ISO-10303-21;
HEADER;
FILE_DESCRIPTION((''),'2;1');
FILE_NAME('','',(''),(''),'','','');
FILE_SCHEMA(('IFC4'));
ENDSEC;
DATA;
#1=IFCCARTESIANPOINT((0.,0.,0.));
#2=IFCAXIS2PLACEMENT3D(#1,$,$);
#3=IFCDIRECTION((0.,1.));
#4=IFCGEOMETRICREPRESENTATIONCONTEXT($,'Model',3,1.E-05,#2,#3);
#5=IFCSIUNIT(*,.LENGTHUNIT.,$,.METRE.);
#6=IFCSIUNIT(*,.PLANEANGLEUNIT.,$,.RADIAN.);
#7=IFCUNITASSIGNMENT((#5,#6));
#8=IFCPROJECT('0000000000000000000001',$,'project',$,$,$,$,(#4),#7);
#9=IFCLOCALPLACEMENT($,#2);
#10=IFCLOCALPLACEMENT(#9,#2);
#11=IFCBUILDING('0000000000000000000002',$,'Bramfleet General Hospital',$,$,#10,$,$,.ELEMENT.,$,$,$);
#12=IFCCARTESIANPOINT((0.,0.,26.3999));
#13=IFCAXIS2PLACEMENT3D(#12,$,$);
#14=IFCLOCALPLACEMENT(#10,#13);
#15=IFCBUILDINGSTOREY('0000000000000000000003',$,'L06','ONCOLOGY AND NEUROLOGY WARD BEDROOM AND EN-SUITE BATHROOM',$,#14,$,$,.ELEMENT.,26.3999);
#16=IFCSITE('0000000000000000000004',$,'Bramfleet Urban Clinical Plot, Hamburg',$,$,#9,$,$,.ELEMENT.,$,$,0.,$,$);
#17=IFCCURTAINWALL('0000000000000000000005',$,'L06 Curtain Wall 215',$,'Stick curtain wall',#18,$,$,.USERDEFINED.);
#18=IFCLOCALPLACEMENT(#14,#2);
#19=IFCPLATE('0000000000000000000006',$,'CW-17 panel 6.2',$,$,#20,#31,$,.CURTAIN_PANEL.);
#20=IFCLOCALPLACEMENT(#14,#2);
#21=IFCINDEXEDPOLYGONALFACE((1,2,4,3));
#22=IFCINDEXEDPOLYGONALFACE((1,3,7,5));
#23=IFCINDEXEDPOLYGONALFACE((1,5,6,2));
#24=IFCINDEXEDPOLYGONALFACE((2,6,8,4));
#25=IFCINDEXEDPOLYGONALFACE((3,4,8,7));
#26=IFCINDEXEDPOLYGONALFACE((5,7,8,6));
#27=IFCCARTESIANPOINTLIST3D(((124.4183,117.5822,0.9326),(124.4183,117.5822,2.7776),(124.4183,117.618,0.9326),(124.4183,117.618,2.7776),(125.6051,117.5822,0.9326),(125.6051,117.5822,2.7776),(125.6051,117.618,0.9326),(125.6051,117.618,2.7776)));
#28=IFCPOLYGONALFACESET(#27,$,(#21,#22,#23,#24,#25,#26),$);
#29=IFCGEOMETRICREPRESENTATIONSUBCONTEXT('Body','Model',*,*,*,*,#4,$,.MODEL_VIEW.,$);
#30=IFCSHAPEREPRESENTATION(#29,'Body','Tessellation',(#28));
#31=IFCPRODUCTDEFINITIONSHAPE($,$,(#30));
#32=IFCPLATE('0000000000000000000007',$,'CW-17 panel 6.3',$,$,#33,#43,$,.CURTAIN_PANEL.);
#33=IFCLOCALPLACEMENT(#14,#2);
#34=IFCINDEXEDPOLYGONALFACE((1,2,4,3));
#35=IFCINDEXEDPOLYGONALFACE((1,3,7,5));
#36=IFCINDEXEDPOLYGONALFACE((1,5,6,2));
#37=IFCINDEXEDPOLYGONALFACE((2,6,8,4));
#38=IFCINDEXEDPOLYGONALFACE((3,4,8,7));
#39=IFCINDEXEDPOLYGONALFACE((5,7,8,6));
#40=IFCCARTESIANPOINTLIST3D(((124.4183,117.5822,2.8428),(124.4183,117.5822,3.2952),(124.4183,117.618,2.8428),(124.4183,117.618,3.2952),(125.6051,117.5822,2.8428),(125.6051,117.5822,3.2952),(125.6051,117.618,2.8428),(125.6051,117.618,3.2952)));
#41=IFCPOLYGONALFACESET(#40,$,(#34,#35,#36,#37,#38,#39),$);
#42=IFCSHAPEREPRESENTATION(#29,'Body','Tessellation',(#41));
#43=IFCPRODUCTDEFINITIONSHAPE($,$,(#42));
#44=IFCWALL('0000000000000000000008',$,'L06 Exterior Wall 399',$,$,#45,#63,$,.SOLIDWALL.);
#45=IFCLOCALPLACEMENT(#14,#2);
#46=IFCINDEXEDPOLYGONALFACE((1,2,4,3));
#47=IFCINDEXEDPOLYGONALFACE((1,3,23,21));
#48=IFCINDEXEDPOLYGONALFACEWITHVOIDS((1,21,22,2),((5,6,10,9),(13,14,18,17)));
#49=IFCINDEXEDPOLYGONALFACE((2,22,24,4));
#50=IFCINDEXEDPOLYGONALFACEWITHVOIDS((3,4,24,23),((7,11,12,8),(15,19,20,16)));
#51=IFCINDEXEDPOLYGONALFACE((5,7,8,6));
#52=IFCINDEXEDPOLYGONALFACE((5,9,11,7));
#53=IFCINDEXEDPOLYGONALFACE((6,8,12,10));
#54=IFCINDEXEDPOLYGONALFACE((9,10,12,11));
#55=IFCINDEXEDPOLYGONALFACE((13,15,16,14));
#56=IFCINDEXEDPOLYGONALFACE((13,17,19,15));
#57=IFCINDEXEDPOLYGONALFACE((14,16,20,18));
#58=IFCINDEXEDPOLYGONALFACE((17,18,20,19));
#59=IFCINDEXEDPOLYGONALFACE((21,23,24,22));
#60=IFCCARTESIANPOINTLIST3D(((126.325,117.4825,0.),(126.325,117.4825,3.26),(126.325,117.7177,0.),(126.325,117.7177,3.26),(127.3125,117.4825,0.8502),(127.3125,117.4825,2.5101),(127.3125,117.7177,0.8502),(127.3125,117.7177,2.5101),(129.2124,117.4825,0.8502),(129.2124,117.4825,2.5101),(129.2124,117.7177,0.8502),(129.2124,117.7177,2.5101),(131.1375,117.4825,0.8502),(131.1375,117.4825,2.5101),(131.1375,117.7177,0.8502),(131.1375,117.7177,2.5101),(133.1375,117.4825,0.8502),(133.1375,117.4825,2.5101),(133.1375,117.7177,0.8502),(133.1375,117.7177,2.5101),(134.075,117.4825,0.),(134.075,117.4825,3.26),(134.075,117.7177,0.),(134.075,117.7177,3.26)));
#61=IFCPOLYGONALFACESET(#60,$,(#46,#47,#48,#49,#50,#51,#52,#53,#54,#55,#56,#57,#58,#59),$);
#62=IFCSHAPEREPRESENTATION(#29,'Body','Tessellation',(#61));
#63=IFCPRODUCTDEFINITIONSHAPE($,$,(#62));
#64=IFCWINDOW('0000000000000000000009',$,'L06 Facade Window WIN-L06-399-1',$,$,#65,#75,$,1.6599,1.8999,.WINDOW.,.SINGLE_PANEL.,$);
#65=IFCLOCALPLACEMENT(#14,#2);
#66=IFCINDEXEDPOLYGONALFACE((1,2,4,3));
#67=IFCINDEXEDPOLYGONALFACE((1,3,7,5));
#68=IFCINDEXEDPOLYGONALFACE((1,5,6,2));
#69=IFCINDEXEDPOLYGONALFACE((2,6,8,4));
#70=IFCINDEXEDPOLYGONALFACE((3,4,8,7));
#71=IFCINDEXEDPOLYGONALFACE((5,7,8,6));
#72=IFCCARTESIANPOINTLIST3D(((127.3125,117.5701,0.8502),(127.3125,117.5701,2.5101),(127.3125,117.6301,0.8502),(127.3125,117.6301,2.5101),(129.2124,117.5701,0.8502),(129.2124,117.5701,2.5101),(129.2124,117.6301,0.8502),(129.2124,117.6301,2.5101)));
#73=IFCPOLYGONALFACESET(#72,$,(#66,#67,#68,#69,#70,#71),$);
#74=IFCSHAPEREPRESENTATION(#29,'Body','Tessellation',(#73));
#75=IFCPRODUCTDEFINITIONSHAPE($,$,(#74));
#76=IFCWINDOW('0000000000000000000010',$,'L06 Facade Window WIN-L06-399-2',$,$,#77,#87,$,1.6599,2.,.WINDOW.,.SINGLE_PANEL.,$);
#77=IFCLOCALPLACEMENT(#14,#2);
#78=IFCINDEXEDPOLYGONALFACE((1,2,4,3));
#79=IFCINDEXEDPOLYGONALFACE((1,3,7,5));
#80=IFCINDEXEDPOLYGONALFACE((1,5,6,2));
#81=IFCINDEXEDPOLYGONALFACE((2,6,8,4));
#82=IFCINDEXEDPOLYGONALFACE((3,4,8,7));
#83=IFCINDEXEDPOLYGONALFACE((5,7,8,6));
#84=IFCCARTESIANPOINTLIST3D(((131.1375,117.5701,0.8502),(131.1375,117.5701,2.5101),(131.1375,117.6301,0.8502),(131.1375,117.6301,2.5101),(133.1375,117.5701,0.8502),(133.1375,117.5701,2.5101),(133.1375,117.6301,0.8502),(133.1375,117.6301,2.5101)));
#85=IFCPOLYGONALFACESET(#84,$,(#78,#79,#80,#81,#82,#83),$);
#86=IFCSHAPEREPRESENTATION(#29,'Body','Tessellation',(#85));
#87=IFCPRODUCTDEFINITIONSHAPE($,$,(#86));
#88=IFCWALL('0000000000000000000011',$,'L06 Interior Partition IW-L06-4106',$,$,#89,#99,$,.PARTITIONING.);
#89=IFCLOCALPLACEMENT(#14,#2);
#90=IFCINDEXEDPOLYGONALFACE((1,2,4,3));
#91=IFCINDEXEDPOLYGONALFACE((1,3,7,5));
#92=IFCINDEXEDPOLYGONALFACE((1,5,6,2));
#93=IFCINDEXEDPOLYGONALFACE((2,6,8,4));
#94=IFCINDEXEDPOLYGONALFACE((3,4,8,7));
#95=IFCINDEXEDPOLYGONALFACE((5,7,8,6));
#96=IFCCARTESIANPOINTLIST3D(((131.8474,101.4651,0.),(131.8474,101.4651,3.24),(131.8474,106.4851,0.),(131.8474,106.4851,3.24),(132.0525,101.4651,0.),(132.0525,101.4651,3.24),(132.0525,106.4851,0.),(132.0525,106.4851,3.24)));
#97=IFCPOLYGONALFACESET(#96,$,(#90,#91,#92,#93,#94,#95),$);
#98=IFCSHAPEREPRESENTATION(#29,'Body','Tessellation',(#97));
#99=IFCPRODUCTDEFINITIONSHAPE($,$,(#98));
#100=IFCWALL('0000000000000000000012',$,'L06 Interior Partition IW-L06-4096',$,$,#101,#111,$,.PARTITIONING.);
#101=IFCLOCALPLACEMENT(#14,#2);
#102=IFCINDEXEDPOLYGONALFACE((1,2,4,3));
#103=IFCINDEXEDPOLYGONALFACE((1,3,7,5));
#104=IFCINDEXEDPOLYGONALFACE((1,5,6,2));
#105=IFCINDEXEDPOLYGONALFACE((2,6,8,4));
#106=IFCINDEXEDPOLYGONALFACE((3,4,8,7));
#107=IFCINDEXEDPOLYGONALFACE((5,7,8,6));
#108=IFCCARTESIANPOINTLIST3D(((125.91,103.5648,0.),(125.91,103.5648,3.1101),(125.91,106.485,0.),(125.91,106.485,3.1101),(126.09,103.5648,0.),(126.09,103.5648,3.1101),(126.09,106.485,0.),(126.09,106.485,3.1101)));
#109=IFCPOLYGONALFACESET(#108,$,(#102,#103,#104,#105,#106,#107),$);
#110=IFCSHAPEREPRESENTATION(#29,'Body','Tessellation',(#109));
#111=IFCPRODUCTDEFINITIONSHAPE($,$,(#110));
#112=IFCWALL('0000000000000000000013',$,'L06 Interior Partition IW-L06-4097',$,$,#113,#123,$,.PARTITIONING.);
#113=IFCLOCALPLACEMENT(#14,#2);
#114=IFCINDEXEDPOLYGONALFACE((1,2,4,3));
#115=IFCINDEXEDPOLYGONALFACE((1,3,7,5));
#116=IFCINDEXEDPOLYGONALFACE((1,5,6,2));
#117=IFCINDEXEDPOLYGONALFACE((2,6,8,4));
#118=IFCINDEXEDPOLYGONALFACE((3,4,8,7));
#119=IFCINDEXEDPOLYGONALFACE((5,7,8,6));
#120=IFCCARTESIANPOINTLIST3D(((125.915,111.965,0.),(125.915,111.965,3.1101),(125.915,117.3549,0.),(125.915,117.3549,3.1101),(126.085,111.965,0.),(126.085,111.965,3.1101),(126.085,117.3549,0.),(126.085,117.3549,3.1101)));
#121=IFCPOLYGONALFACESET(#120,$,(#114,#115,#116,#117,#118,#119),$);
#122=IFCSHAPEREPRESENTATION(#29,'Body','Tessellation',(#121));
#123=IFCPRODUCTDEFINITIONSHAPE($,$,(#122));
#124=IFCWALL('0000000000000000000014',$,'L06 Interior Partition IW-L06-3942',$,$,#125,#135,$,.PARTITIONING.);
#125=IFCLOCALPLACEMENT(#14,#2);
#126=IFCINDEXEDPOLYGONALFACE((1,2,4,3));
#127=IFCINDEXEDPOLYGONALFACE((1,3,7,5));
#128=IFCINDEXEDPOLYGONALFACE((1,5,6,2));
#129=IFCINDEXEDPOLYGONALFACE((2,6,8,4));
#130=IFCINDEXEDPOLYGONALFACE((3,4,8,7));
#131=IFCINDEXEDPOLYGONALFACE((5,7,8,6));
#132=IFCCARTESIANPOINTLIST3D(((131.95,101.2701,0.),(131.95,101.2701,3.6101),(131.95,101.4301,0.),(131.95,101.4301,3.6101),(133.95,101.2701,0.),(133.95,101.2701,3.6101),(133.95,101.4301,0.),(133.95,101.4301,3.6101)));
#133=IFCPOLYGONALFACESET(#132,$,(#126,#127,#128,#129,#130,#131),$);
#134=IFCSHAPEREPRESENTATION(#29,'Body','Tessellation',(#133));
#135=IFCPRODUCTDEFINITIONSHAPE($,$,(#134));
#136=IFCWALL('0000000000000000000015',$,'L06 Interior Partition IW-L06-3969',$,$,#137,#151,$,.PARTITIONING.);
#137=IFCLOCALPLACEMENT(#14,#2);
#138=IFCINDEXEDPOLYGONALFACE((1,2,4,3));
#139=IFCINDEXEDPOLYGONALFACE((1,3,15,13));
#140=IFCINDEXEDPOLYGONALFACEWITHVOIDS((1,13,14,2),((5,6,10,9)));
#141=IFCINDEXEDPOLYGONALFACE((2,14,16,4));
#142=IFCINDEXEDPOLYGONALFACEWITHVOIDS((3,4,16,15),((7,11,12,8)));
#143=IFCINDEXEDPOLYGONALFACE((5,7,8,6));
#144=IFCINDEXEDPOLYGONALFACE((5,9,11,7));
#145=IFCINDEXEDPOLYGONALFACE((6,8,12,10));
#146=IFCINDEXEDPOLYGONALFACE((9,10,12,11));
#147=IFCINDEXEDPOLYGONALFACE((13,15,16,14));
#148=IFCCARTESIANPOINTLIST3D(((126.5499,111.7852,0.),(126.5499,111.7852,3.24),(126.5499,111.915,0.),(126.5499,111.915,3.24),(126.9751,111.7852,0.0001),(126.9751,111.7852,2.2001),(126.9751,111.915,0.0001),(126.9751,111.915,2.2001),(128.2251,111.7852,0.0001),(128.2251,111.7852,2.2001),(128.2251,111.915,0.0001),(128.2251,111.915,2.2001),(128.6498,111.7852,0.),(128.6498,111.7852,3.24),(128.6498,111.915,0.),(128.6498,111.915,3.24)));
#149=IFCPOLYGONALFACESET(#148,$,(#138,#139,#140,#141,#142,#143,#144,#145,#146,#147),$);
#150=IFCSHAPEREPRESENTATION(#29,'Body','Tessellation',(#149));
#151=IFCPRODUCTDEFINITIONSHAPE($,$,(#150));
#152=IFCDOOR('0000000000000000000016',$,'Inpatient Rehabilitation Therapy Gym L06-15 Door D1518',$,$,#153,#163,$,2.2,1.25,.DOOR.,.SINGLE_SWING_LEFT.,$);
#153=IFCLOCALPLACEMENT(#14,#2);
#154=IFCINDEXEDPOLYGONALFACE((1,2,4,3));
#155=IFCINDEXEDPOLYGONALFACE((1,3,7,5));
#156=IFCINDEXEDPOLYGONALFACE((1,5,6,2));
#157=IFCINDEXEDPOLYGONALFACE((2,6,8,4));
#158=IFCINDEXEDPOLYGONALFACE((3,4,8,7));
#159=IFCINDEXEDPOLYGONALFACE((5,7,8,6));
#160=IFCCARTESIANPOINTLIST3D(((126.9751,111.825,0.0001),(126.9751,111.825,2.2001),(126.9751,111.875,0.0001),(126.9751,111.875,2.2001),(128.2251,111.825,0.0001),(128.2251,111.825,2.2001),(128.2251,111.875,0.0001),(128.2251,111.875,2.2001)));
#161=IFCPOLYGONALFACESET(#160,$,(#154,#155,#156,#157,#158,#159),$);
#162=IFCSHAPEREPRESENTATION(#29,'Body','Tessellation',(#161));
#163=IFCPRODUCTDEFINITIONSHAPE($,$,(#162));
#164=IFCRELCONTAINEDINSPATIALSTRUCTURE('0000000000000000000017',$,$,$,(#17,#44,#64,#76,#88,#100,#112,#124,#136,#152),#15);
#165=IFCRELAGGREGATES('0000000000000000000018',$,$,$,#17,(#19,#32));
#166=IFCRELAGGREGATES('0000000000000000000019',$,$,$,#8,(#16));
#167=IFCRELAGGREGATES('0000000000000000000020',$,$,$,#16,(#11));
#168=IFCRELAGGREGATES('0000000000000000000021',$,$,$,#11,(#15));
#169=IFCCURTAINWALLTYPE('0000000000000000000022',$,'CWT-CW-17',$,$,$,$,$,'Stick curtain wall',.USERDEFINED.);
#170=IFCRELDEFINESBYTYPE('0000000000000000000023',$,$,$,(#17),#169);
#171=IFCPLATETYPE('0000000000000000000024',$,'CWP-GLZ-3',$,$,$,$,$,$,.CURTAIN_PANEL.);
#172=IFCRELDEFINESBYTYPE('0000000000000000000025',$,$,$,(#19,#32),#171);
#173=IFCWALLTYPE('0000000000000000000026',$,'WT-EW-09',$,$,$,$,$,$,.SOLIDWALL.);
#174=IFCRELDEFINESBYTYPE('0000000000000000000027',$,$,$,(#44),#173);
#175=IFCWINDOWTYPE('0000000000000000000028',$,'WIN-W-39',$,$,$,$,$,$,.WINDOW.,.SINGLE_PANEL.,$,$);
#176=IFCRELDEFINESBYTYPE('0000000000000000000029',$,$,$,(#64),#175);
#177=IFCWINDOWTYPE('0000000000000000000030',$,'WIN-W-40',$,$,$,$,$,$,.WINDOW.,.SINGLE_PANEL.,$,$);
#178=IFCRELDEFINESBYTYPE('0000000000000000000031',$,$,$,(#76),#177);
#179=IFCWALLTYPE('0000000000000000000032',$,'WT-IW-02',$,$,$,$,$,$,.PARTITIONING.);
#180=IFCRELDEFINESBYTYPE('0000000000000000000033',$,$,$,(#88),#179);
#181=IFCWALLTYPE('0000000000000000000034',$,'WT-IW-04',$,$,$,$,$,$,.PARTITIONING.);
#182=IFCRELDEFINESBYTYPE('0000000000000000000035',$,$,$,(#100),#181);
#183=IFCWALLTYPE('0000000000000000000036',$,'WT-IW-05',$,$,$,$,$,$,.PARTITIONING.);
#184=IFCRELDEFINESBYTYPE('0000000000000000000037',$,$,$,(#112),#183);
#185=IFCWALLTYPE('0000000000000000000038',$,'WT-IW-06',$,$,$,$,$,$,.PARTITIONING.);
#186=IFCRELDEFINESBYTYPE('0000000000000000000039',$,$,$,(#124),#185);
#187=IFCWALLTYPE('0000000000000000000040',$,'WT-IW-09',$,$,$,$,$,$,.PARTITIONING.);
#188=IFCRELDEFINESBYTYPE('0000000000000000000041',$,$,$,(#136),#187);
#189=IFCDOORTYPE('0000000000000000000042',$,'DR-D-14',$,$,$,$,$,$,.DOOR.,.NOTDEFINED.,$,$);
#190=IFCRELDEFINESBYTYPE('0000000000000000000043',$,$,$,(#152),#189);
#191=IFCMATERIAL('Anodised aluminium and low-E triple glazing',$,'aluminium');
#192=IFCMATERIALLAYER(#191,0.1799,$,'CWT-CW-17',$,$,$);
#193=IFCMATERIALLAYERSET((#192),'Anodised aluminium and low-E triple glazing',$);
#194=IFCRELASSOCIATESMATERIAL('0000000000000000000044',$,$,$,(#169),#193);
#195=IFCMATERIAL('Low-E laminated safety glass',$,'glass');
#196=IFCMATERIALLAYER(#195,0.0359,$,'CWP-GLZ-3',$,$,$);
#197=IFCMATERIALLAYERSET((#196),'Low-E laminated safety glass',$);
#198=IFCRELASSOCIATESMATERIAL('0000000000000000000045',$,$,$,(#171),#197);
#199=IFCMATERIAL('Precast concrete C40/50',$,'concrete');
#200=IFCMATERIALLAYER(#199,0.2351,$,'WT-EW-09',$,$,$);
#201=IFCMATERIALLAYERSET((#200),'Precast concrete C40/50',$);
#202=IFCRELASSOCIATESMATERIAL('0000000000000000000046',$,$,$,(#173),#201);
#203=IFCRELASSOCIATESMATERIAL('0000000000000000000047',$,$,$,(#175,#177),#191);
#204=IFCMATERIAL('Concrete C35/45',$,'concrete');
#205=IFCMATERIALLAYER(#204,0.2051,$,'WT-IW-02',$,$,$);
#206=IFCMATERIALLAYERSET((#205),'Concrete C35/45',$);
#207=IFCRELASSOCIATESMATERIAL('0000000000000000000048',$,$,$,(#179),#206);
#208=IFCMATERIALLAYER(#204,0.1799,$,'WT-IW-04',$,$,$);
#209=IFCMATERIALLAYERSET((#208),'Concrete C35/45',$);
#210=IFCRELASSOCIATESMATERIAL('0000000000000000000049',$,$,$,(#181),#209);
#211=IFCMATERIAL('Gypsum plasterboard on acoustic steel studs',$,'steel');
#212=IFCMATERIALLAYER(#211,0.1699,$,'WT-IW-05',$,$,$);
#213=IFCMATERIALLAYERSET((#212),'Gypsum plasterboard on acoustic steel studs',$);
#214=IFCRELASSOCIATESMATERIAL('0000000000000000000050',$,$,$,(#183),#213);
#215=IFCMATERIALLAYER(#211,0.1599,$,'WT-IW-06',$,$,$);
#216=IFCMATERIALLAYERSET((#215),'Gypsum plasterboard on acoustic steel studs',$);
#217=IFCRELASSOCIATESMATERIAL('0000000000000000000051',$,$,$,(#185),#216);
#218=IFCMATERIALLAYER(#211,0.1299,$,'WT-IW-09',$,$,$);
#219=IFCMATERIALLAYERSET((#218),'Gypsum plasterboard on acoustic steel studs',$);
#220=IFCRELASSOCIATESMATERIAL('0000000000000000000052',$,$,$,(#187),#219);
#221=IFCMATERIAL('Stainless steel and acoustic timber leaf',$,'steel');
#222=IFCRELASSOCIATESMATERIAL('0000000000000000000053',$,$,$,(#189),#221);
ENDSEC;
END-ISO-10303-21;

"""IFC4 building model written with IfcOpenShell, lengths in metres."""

from ifc_helpers import new_model, si_unit, direction, frame, frame_2d, origin, origin_2d, place, context, subcontext, project, spatial, rectangle, extrude, material, layer, layer_set, type_object, element, fill, aggregate, save


model = new_model("IFC4")

# Units and contexts
model_context = context("Model", 3, precision=1e-05, world=origin(), true_north=direction((0.0, 1.0)))
body_context = subcontext(model_context, "Body", "Model", "MODEL_VIEW")
ifc_project = project(units=[si_unit("LENGTHUNIT", "METRE"), si_unit("PLANEANGLEUNIT", "RADIAN")], contexts=[model_context])

# Site, building, storey
site_placement = place(None, origin())
site = spatial("IfcSite", under=ifc_project, at=site_placement, Name="Bramfleet Urban Clinical Plot, Hamburg", CompositionType="ELEMENT", RefElevation=0.0)
building_placement = place(site_placement, origin())
building = spatial("IfcBuilding", under=site, at=building_placement, Name="Bramfleet General Hospital", CompositionType="ELEMENT")
storey_placement = place(building_placement, frame((0.0, 0.0, 26.3999)))
storey = spatial("IfcBuildingStorey", under=building, at=storey_placement, Name="L06", Description="ONCOLOGY AND NEUROLOGY WARD BEDROOM AND EN-SUITE BATHROOM", CompositionType="ELEMENT", Elevation=26.3999)

# Curtain wall, plates
ifc_material_1 = material(Name="Anodised aluminium and low-E triple glazing", Category="aluminium")
ifc_layer_1 = layer(ifc_material_1, 0.1799, Name="CWT-CW-17")
ifc_layer_set_1 = layer_set([ifc_layer_1], Name="Anodised aluminium and low-E triple glazing")
curtain_wall_type = type_object("IfcCurtainWallType", Name="CWT-CW-17", ElementType="Stick curtain wall", PredefinedType="USERDEFINED", material=ifc_layer_set_1)
curtain_wall_placement = place(storey_placement, origin())
curtain_wall = element("IfcCurtainWall", 1, at=curtain_wall_placement, inside=storey, type_object=curtain_wall_type, Name="L06 Curtain Wall 215", ObjectType="Stick curtain wall", PredefinedType="USERDEFINED")
ifc_material_2 = material(Name="Low-E laminated safety glass", Category="glass")
ifc_layer_2 = layer(ifc_material_2, 0.0359, Name="CWP-GLZ-3")
ifc_layer_set_2 = layer_set([ifc_layer_2], Name="Low-E laminated safety glass")
plate_type = type_object("IfcPlateType", Name="CWP-GLZ-3", PredefinedType="CURTAIN_PANEL", material=ifc_layer_set_2)
plate_1_placement = place(storey_placement, frame((125.0117, 117.6001, 0.9326), z_axis=(0.0, 0.0, 1.0), x_axis=(1.0, 0.0, 0.0)))
plate_1 = element("IfcPlate", 2, at=plate_1_placement, type_object=plate_type, Name="CW-17 panel 6.2", PredefinedType="CURTAIN_PANEL", context=body_context, shape_type="SweptSolid", body=[
    extrude(rectangle(XDim=1.1868, YDim=0.0359, at=origin_2d()), origin(), (0.0, 0.0, 1.0), 1.845),
])
plate_2_placement = place(storey_placement, frame((125.0117, 117.6001, 2.8428), z_axis=(0.0, 0.0, 1.0), x_axis=(1.0, 0.0, 0.0)))
plate_2 = element("IfcPlate", 3, at=plate_2_placement, type_object=plate_type, Name="CW-17 panel 6.3", PredefinedType="CURTAIN_PANEL", context=body_context, shape_type="SweptSolid", body=[
    extrude(rectangle(XDim=1.1868, YDim=0.0359, at=origin_2d()), origin(), (0.0, 0.0, 1.0), 0.4524),
])
aggregate(curtain_wall, [plate_1, plate_2])

# Wall, openings, windows
ifc_material_3 = material(Name="Precast concrete C40/50", Category="concrete")
ifc_layer_3 = layer(ifc_material_3, 0.2351, Name="WT-EW-09")
ifc_layer_set_3 = layer_set([ifc_layer_3], Name="Precast concrete C40/50")
wall_type_1 = type_object("IfcWallType", Name="WT-EW-09", PredefinedType="SOLIDWALL", material=ifc_layer_set_3)
wall_1_placement = place(storey_placement, frame((126.325, 117.6001, 0.0), z_axis=(0.0, 0.0, 1.0), x_axis=(1.0, 0.0, 0.0)))
wall_1 = element("IfcWall", 4, at=wall_1_placement, inside=storey, type_object=wall_type_1, Name="L06 Exterior Wall 399", PredefinedType="SOLIDWALL", context=body_context, shape_type="SweptSolid", body=[
    extrude(rectangle(XDim=7.75, YDim=0.2351, at=frame_2d((3.875, 0.0))), origin(), (0.0, 0.0, 1.0), 3.26),
])
opening_1_placement = place(wall_1_placement, frame((0.9875, 0.0, 0.8501)))
opening_1 = element("IfcOpeningElement", 5, at=opening_1_placement, cuts=wall_1, PredefinedType="OPENING", context=body_context, shape_type="SweptSolid", body=[
    extrude(rectangle(XDim=1.8999, YDim=1.6599, at=frame_2d((0.95, 0.8301))), frame((0.0, 0.1274, 0.0), z_axis=(0.0, -1.0, 0.0), x_axis=(1.0, 0.0, 0.0)), (0.0, 0.0, 1.0), 0.2551),
])
opening_2_placement = place(wall_1_placement, frame((4.8125, 0.0, 0.8501)))
opening_2 = element("IfcOpeningElement", 6, at=opening_2_placement, cuts=wall_1, PredefinedType="OPENING", context=body_context, shape_type="SweptSolid", body=[
    extrude(rectangle(XDim=2.0, YDim=1.6599, at=frame_2d((1.0, 0.8301))), frame((0.0, 0.1274, 0.0), z_axis=(0.0, -1.0, 0.0), x_axis=(1.0, 0.0, 0.0)), (0.0, 0.0, 1.0), 0.2551),
])
window_type_1 = type_object("IfcWindowType", Name="WIN-W-39", PartitioningType="SINGLE_PANEL", PredefinedType="WINDOW", material=ifc_material_1)
window_1_placement = place(opening_1_placement, origin())
window_1 = element("IfcWindow", 7, at=window_1_placement, inside=storey, type_object=window_type_1, Name="L06 Facade Window WIN-L06-399-1", OverallHeight=1.6599, OverallWidth=1.8999, PartitioningType="SINGLE_PANEL", PredefinedType="WINDOW", context=body_context, shape_type="SweptSolid", body=[
    extrude(rectangle(XDim=1.8999, YDim=1.6599, at=frame_2d((0.95, 0.8301))), frame((0.0, 0.03, 0.0), z_axis=(0.0, -1.0, 0.0), x_axis=(1.0, 0.0, 0.0)), (0.0, 0.0, 1.0), 0.0601),
])
fill(opening_1, window_1)
window_type_2 = type_object("IfcWindowType", Name="WIN-W-40", PartitioningType="SINGLE_PANEL", PredefinedType="WINDOW", material=ifc_material_1)
window_2_placement = place(opening_2_placement, origin())
window_2 = element("IfcWindow", 8, at=window_2_placement, inside=storey, type_object=window_type_2, Name="L06 Facade Window WIN-L06-399-2", OverallHeight=1.6599, OverallWidth=2.0, PartitioningType="SINGLE_PANEL", PredefinedType="WINDOW", context=body_context, shape_type="SweptSolid", body=[
    extrude(rectangle(XDim=2.0, YDim=1.6599, at=frame_2d((1.0, 0.8301))), frame((0.0, 0.03, 0.0), z_axis=(0.0, -1.0, 0.0), x_axis=(1.0, 0.0, 0.0)), (0.0, 0.0, 1.0), 0.0601),
])
fill(opening_2, window_2)

# Walls
ifc_material_4 = material(Name="Concrete C35/45", Category="concrete")
ifc_layer_4 = layer(ifc_material_4, 0.2051, Name="WT-IW-02")
ifc_layer_set_4 = layer_set([ifc_layer_4], Name="Concrete C35/45")
wall_type_2 = type_object("IfcWallType", Name="WT-IW-02", PredefinedType="PARTITIONING", material=ifc_layer_set_4)
wall_2_placement = place(storey_placement, frame((131.95, 101.4651, 0.0), z_axis=(0.0, 0.0, 1.0), x_axis=(0.0, 1.0, 0.0)))
element("IfcWall", 9, at=wall_2_placement, inside=storey, type_object=wall_type_2, Name="L06 Interior Partition IW-L06-4106", PredefinedType="PARTITIONING", context=body_context, shape_type="SweptSolid", body=[
    extrude(rectangle(XDim=5.02, YDim=0.2051, at=frame_2d((2.51, 0.0))), origin(), (0.0, 0.0, 1.0), 3.24),
])
ifc_layer_5 = layer(ifc_material_4, 0.1799, Name="WT-IW-04")
ifc_layer_set_5 = layer_set([ifc_layer_5], Name="Concrete C35/45")
wall_type_3 = type_object("IfcWallType", Name="WT-IW-04", PredefinedType="PARTITIONING", material=ifc_layer_set_5)
wall_3_placement = place(storey_placement, frame((126.0, 103.5649, 0.0), z_axis=(0.0, 0.0, 1.0), x_axis=(0.0, 1.0, 0.0)))
element("IfcWall", 10, at=wall_3_placement, inside=storey, type_object=wall_type_3, Name="L06 Interior Partition IW-L06-4096", PredefinedType="PARTITIONING", context=body_context, shape_type="SweptSolid", body=[
    extrude(rectangle(XDim=2.9202, YDim=0.1799, at=frame_2d((1.46, 0.0))), origin(), (0.0, 0.0, 1.0), 3.1101),
])
ifc_material_5 = material(Name="Gypsum plasterboard on acoustic steel studs", Category="steel")
ifc_layer_6 = layer(ifc_material_5, 0.1699, Name="WT-IW-05")
ifc_layer_set_6 = layer_set([ifc_layer_6], Name="Gypsum plasterboard on acoustic steel studs")
wall_type_4 = type_object("IfcWallType", Name="WT-IW-05", PredefinedType="PARTITIONING", material=ifc_layer_set_6)
wall_4_placement = place(storey_placement, frame((126.0, 111.9651, 0.0), z_axis=(0.0, 0.0, 1.0), x_axis=(0.0, 1.0, 0.0)))
element("IfcWall", 11, at=wall_4_placement, inside=storey, type_object=wall_type_4, Name="L06 Interior Partition IW-L06-4097", PredefinedType="PARTITIONING", context=body_context, shape_type="SweptSolid", body=[
    extrude(rectangle(XDim=5.3899, YDim=0.1699, at=frame_2d((2.6948, 0.0))), origin(), (0.0, 0.0, 1.0), 3.1101),
])
ifc_layer_7 = layer(ifc_material_5, 0.1599, Name="WT-IW-06")
ifc_layer_set_7 = layer_set([ifc_layer_7], Name="Gypsum plasterboard on acoustic steel studs")
wall_type_5 = type_object("IfcWallType", Name="WT-IW-06", PredefinedType="PARTITIONING", material=ifc_layer_set_7)
wall_5_placement = place(storey_placement, frame((131.95, 101.3501, 0.0), z_axis=(0.0, 0.0, 1.0), x_axis=(1.0, 0.0, 0.0)))
element("IfcWall", 12, at=wall_5_placement, inside=storey, type_object=wall_type_5, Name="L06 Interior Partition IW-L06-3942", PredefinedType="PARTITIONING", context=body_context, shape_type="SweptSolid", body=[
    extrude(rectangle(XDim=2.0, YDim=0.1599, at=frame_2d((1.0, 0.0))), origin(), (0.0, 0.0, 1.0), 3.6101),
])

# Wall, opening, door
ifc_layer_8 = layer(ifc_material_5, 0.1299, Name="WT-IW-09")
ifc_layer_set_8 = layer_set([ifc_layer_8], Name="Gypsum plasterboard on acoustic steel studs")
wall_type_6 = type_object("IfcWallType", Name="WT-IW-09", PredefinedType="PARTITIONING", material=ifc_layer_set_8)
ifc_material_6 = material(Name="Stainless steel and acoustic timber leaf", Category="steel")
wall_6_placement = place(storey_placement, frame((126.55, 111.8501, 0.0), z_axis=(0.0, 0.0, 1.0), x_axis=(1.0, 0.0, 0.0)))
wall_6 = element("IfcWall", 13, at=wall_6_placement, inside=storey, type_object=wall_type_6, Name="L06 Interior Partition IW-L06-3969", PredefinedType="PARTITIONING", context=body_context, shape_type="SweptSolid", body=[
    extrude(rectangle(XDim=2.0999, YDim=0.1299, at=frame_2d((1.0498, 0.0))), origin(), (0.0, 0.0, 1.0), 3.24),
])
opening_3_placement = place(wall_6_placement, frame((0.425, 0.0, 0.0)))
opening_3 = element("IfcOpeningElement", 14, at=opening_3_placement, cuts=wall_6, PredefinedType="OPENING", context=body_context, shape_type="SweptSolid", body=[
    extrude(rectangle(XDim=1.25, YDim=2.2, at=frame_2d((0.625, 1.1001))), frame((0.0, 0.075, 0.0), z_axis=(0.0, -1.0, 0.0), x_axis=(1.0, 0.0, 0.0)), (0.0, 0.0, 1.0), 0.1499),
])
door_type_1 = type_object("IfcDoorType", Name="DR-D-14", OperationType="NOTDEFINED", PredefinedType="DOOR", material=ifc_material_6)
door_1_placement = place(opening_3_placement, origin())
door_1 = element("IfcDoor", 15, at=door_1_placement, inside=storey, type_object=door_type_1, Name="Inpatient Rehabilitation Therapy Gym L06-15 Door D1518", OperationType="SINGLE_SWING_LEFT", OverallHeight=2.2, OverallWidth=1.25, PredefinedType="DOOR", context=body_context, shape_type="SweptSolid", body=[
    extrude(rectangle(XDim=1.25, YDim=2.2, at=frame_2d((0.625, 1.1001))), frame((0.0, 0.0249, 0.0), z_axis=(0.0, -1.0, 0.0), x_axis=(1.0, 0.0, 0.0)), (0.0, 0.0, 1.0), 0.05),
])
fill(opening_3, door_1)

save(model, "model.ifc")
